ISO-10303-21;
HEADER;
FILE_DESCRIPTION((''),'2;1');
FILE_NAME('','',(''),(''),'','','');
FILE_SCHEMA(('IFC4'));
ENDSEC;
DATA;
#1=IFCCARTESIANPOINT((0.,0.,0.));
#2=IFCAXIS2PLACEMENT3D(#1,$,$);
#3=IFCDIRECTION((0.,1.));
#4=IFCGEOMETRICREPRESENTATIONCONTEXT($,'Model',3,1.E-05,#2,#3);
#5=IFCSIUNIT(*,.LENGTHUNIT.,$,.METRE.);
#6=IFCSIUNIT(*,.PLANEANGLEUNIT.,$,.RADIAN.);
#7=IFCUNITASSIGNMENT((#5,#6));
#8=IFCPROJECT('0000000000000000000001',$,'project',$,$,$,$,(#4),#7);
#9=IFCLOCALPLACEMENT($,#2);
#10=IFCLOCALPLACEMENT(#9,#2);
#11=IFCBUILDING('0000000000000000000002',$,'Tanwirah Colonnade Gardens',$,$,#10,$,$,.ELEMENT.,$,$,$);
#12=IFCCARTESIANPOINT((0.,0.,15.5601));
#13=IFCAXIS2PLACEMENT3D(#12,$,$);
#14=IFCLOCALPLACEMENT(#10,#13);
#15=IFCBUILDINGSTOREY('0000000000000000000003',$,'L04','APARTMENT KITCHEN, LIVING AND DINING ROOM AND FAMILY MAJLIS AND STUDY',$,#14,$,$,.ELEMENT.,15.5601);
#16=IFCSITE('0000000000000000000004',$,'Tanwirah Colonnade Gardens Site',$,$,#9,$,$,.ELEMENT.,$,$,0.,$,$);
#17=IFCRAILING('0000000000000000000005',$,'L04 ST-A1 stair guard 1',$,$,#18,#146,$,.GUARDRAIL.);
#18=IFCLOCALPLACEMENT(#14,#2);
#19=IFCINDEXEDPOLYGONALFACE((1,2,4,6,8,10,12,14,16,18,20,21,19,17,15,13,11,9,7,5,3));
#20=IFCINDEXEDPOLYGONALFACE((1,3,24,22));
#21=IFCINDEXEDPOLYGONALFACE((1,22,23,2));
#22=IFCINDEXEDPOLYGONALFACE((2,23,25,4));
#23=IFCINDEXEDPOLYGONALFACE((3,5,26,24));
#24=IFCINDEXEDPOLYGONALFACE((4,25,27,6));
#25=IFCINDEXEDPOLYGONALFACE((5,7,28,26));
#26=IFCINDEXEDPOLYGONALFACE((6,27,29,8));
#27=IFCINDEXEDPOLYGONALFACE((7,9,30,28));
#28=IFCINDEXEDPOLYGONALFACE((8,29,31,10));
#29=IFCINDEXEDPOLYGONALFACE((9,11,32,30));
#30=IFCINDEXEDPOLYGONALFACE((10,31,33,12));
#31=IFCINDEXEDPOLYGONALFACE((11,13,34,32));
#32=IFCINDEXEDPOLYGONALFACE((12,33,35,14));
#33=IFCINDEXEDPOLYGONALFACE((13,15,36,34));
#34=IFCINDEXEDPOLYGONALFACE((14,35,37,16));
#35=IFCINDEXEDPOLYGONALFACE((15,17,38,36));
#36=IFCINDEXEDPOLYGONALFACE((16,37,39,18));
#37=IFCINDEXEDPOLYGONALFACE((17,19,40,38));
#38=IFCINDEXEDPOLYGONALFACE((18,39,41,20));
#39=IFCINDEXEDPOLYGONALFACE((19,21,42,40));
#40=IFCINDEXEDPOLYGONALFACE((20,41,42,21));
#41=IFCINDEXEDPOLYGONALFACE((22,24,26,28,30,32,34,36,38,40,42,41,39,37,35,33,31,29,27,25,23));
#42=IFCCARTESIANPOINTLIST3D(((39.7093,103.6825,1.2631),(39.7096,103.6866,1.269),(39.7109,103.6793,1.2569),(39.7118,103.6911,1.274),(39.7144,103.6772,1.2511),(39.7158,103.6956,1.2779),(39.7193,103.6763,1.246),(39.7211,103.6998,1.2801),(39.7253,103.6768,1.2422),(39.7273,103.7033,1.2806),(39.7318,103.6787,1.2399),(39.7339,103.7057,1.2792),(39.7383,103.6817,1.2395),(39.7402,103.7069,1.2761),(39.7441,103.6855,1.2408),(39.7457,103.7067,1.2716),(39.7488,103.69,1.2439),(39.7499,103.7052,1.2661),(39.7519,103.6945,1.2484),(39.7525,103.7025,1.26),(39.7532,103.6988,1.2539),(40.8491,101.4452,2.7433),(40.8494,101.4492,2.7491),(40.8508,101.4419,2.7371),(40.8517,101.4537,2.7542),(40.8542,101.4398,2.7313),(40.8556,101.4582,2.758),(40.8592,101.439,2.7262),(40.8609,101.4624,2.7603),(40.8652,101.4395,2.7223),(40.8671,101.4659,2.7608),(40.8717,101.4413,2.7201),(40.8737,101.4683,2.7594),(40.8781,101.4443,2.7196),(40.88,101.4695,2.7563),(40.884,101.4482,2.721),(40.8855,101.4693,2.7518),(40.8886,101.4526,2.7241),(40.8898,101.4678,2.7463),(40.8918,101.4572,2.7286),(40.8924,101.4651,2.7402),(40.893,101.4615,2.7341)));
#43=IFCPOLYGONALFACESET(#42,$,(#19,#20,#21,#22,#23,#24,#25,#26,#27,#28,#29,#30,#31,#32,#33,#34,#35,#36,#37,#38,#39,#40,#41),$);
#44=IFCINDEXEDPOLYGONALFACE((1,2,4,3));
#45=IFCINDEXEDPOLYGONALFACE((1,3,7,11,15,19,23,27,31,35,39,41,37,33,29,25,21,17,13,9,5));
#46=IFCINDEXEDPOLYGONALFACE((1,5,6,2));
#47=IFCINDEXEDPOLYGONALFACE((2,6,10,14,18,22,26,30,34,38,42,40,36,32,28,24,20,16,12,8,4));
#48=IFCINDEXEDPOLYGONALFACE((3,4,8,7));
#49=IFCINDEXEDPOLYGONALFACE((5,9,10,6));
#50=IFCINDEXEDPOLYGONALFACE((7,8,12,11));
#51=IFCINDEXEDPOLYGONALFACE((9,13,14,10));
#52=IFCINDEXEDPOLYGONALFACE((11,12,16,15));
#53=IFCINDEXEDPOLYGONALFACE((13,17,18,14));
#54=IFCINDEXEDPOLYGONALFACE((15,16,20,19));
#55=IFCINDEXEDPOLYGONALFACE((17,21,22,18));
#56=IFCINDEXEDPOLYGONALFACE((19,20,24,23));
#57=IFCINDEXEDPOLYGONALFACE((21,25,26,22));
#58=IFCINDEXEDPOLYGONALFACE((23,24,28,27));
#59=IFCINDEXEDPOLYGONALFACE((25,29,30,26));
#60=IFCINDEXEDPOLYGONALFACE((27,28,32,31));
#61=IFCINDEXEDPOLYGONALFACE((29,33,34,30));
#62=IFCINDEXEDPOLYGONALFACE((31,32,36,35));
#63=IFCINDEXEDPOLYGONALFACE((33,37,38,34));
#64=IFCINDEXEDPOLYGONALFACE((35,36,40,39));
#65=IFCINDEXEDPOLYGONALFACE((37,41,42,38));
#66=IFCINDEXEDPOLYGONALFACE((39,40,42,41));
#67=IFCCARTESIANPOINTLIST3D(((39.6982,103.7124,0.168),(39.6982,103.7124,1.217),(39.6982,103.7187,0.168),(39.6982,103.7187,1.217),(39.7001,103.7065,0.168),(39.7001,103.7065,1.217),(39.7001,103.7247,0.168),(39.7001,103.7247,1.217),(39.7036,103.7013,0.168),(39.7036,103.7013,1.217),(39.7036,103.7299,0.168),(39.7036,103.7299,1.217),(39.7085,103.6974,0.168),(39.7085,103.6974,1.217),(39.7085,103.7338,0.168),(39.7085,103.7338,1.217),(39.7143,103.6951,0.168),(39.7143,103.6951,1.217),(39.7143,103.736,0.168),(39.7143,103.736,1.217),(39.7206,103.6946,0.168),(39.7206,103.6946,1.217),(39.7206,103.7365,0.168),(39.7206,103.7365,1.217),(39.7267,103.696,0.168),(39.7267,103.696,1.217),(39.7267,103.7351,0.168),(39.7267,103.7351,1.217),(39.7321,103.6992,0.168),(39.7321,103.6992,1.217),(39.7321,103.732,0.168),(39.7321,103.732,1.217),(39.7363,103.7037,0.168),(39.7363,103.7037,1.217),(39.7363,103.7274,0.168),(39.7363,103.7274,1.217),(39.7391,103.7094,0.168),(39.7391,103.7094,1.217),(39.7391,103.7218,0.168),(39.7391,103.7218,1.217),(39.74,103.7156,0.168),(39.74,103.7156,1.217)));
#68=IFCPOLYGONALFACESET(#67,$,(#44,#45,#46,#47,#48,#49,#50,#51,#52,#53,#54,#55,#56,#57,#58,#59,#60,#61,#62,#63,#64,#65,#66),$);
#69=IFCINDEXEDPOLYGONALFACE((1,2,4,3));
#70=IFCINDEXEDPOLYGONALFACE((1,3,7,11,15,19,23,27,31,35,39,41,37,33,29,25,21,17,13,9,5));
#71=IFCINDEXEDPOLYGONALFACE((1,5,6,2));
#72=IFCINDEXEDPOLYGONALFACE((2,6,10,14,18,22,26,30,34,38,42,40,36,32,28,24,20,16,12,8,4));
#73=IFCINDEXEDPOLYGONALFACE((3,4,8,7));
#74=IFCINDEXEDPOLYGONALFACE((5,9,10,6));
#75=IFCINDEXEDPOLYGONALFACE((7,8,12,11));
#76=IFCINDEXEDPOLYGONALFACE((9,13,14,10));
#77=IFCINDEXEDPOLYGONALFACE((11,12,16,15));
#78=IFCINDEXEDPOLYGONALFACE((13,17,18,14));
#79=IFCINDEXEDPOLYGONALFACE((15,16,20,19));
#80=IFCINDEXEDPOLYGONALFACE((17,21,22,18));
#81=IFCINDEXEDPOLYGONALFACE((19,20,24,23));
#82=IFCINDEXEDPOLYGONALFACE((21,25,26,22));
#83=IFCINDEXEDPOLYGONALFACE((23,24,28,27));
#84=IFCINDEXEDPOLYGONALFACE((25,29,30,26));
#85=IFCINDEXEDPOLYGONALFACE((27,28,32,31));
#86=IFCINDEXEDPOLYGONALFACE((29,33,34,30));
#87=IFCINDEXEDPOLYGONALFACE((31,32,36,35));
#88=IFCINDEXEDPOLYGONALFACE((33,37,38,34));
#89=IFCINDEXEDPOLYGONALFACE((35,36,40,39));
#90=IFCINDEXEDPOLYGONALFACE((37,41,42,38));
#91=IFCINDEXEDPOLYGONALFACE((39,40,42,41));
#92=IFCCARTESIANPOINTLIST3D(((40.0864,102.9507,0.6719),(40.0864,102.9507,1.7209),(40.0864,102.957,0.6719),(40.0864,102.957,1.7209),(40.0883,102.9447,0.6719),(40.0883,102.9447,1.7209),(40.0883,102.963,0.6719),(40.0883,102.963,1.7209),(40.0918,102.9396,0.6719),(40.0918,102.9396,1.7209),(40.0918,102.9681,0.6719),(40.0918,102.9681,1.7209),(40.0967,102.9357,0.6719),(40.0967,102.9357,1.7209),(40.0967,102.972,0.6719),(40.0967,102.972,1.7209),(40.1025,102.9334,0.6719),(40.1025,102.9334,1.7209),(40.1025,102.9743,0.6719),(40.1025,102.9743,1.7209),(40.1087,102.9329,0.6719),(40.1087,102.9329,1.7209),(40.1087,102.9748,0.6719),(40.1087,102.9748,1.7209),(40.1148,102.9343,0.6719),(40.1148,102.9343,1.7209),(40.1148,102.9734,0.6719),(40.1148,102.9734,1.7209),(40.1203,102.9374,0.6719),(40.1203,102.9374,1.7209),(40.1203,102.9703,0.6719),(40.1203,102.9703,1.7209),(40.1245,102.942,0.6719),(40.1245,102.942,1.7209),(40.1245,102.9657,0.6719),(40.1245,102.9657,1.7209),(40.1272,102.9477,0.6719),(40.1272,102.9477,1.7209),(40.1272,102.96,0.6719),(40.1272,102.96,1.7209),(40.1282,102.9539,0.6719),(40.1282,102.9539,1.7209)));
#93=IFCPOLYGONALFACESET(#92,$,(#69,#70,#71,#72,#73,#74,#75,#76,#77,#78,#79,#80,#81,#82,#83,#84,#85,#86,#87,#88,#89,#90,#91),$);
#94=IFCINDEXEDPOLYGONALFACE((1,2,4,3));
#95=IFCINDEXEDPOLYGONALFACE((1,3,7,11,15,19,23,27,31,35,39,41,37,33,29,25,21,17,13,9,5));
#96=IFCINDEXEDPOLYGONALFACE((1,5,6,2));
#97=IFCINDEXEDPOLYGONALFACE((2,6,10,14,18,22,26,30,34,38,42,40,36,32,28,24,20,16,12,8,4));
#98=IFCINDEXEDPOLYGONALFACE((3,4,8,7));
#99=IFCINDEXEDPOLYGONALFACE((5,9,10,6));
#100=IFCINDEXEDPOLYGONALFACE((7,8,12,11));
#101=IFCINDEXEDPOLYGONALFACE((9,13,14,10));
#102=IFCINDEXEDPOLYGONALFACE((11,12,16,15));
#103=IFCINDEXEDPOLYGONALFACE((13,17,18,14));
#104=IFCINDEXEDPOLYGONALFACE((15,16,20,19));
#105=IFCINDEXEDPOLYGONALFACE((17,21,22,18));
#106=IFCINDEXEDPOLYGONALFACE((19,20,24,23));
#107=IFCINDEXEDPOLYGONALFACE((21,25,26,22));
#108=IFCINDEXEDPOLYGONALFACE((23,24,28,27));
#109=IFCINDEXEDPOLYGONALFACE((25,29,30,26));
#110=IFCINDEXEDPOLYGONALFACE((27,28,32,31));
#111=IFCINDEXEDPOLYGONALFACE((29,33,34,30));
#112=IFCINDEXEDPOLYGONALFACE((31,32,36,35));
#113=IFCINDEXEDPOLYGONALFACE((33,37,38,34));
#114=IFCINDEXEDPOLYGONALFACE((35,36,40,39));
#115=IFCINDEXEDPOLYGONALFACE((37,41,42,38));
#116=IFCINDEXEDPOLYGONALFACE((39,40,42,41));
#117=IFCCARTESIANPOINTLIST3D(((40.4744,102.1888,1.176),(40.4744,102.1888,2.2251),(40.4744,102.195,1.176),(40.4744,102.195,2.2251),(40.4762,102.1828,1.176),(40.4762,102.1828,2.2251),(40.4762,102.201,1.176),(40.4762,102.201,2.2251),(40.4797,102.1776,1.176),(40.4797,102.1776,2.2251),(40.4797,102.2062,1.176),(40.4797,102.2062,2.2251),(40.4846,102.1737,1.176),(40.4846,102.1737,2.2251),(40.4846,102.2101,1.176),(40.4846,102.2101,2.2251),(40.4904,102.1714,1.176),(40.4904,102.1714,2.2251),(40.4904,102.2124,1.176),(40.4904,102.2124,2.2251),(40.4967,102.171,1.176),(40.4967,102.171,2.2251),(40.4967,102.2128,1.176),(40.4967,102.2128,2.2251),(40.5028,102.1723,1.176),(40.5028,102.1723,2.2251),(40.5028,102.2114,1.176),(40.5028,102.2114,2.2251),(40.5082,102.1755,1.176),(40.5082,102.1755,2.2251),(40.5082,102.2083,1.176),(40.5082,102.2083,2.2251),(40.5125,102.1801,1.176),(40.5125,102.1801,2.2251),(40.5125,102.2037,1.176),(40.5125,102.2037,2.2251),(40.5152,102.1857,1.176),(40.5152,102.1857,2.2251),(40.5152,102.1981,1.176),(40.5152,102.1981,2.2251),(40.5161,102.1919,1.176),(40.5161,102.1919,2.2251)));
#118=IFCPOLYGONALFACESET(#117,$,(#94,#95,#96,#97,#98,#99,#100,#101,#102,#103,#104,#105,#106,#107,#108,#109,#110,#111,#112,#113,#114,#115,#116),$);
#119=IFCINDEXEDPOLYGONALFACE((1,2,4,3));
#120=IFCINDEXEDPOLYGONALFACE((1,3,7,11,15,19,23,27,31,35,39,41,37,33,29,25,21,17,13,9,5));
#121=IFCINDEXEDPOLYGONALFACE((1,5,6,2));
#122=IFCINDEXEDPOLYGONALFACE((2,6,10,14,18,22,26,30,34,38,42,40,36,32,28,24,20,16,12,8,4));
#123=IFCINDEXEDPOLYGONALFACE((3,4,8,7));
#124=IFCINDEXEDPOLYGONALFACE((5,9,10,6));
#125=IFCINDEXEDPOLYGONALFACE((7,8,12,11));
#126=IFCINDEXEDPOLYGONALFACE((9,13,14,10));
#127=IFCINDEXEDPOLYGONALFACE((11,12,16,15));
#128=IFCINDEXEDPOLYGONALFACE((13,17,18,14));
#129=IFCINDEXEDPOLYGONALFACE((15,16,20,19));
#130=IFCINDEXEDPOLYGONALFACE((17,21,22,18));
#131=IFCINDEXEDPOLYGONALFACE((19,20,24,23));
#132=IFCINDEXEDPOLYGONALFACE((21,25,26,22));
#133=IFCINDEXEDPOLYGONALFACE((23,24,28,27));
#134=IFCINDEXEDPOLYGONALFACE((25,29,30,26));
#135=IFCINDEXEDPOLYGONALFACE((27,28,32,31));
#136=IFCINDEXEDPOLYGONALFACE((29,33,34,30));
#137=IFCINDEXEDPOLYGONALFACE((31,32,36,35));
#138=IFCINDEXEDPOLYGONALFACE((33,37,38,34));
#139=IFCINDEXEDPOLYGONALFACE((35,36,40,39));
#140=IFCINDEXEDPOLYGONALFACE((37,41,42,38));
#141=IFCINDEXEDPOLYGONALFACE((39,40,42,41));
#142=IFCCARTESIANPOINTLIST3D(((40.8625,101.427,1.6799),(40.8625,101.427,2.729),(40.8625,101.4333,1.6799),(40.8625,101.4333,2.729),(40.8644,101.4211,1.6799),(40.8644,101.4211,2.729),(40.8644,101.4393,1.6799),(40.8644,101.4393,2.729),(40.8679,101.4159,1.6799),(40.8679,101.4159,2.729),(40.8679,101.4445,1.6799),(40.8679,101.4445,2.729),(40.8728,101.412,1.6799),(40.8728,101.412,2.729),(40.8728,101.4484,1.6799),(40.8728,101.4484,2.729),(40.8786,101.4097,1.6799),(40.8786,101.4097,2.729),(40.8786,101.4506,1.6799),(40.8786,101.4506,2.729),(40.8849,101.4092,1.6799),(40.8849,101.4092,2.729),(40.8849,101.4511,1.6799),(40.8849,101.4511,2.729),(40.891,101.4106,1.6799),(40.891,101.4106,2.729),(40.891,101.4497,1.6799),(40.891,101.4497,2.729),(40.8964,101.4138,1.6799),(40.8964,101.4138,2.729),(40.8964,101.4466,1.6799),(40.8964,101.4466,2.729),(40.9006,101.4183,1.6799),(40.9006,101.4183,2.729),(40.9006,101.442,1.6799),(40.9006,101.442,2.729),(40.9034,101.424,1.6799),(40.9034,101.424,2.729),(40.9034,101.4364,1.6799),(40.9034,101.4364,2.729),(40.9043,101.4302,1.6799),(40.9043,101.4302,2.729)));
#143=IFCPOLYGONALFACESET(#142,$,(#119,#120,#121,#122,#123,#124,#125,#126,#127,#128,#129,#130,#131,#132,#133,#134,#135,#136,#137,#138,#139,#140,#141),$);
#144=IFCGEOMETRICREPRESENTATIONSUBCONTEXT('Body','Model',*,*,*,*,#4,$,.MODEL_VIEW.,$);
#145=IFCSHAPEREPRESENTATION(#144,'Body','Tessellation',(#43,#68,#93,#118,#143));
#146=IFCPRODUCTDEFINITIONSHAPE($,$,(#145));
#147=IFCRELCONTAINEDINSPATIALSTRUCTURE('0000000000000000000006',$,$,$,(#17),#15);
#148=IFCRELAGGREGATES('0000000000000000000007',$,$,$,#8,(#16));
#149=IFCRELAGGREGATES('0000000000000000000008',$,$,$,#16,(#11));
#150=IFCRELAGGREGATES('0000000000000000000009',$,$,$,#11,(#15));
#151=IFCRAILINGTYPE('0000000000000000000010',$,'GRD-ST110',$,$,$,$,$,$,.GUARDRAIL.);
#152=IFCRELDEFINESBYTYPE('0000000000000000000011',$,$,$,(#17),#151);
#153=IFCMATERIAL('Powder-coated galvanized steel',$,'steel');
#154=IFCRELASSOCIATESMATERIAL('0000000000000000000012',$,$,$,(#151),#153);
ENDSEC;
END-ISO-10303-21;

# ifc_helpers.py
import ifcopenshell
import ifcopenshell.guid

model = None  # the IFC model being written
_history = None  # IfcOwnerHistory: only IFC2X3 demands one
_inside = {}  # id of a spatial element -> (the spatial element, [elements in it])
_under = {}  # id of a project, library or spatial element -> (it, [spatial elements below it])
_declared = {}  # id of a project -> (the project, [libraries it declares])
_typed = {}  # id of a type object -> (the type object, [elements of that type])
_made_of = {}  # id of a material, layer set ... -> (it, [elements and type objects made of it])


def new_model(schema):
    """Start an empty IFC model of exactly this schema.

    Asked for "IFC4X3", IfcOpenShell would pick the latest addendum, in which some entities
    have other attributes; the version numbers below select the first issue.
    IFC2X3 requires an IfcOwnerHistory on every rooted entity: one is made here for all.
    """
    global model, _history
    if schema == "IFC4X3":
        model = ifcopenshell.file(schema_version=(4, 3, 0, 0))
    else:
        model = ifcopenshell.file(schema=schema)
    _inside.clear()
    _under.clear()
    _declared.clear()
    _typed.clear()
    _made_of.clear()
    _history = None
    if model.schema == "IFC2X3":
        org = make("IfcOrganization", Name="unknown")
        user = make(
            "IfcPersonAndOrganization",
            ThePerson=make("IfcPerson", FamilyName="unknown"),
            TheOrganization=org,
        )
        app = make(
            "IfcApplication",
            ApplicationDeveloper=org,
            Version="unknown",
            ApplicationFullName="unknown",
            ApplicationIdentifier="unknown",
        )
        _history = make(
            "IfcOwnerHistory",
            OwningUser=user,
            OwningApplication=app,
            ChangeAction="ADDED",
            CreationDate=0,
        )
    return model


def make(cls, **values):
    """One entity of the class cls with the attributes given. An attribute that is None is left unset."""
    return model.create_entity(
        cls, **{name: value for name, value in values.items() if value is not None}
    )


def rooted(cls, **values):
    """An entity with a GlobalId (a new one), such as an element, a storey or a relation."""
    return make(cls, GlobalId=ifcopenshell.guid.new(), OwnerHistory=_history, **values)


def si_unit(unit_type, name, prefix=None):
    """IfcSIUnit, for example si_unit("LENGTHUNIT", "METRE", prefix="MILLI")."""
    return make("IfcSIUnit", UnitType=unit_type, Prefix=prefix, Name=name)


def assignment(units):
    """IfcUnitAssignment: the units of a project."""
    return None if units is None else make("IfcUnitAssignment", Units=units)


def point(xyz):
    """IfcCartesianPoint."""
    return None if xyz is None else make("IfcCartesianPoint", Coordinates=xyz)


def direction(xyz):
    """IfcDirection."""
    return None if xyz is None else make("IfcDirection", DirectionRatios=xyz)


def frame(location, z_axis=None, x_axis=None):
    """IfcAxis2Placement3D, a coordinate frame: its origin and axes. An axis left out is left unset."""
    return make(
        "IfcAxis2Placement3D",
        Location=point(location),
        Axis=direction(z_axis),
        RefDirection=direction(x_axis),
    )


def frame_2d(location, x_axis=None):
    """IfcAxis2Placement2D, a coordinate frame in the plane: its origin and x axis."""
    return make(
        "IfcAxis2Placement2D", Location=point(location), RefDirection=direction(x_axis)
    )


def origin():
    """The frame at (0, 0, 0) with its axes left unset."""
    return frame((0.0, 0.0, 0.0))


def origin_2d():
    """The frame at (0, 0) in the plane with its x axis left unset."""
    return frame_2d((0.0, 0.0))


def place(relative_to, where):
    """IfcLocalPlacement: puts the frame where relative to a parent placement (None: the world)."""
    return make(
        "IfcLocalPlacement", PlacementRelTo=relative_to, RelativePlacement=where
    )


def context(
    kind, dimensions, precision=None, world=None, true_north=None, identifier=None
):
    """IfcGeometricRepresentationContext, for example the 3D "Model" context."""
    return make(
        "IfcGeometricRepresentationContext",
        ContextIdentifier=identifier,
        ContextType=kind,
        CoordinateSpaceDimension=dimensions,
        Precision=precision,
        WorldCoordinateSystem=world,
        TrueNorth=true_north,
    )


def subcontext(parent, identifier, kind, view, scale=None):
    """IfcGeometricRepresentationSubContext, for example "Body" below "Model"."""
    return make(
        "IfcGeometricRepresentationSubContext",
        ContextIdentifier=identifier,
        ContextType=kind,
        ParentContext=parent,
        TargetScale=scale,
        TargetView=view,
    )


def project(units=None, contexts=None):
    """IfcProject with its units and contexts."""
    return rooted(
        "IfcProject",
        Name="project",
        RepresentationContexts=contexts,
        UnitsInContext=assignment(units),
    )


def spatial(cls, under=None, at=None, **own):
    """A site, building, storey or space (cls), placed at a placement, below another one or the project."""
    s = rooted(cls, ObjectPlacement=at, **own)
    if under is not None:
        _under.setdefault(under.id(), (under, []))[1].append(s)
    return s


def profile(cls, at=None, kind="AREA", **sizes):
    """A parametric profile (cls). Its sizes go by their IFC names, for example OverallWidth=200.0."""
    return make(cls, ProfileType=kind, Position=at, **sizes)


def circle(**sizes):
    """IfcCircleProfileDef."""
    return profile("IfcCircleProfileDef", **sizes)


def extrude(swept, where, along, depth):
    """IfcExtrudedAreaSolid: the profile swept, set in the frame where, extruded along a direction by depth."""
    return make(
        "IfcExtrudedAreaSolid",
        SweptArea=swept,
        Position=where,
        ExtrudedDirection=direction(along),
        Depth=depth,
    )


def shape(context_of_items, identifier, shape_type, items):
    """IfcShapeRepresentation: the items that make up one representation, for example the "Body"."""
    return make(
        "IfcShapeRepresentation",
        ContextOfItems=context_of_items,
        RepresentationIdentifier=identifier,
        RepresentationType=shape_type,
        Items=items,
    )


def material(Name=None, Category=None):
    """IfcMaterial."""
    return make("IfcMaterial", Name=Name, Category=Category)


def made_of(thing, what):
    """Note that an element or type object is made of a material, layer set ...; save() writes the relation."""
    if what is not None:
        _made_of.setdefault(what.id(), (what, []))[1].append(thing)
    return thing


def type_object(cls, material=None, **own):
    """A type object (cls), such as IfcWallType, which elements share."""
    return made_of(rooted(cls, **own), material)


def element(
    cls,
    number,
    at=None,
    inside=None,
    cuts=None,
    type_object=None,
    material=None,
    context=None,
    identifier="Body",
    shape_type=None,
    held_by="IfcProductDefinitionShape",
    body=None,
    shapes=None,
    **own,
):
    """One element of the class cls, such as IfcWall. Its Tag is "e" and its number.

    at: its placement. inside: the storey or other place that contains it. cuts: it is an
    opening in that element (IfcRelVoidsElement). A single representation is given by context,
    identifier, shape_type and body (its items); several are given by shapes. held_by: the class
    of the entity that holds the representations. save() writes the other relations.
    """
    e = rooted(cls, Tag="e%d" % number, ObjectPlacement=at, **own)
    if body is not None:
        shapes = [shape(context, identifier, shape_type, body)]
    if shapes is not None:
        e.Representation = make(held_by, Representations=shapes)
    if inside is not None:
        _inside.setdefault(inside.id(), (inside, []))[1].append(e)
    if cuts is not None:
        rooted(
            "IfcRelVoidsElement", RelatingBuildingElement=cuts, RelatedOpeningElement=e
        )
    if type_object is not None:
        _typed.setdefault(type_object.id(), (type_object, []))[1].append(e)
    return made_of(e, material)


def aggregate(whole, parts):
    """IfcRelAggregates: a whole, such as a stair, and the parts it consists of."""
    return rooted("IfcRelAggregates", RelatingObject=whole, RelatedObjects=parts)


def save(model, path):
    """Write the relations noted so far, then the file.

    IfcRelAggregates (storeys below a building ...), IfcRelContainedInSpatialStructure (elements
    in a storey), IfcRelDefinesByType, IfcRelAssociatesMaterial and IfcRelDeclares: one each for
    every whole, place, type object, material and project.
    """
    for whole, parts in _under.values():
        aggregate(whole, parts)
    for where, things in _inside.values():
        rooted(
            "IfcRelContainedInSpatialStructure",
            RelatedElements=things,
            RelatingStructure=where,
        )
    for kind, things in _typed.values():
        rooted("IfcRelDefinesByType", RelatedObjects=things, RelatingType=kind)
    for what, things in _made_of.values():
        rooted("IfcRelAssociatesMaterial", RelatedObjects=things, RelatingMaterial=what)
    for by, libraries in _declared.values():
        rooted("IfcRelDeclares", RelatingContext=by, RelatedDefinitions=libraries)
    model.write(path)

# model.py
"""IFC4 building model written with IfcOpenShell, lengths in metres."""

from ifc_helpers import new_model, si_unit, direction, frame, origin, origin_2d, place, context, subcontext, project, spatial, circle, extrude, material, type_object, element, save


model = new_model("IFC4")

# Units and contexts
model_context = context("Model", 3, precision=1e-05, world=origin(), true_north=direction((0.0, 1.0)))
body_context = subcontext(model_context, "Body", "Model", "MODEL_VIEW")
ifc_project = project(units=[si_unit("LENGTHUNIT", "METRE"), si_unit("PLANEANGLEUNIT", "RADIAN")], contexts=[model_context])

# Site, building, storey
site_placement = place(None, origin())
site = spatial("IfcSite", under=ifc_project, at=site_placement, Name="Tanwirah Colonnade Gardens Site", CompositionType="ELEMENT", RefElevation=0.0)
building_placement = place(site_placement, origin())
building = spatial("IfcBuilding", under=site, at=building_placement, Name="Tanwirah Colonnade Gardens", CompositionType="ELEMENT")
storey_placement = place(building_placement, frame((0.0, 0.0, 15.5601)))
storey = spatial("IfcBuildingStorey", under=building, at=storey_placement, Name="L04", Description="APARTMENT KITCHEN, LIVING AND DINING ROOM AND FAMILY MAJLIS AND STUDY", CompositionType="ELEMENT", Elevation=15.5601)

# Railing
ifc_material_1 = material(Name="Powder-coated galvanized steel", Category="steel")
railing_type_1 = type_object("IfcRailingType", Name="GRD-ST110", PredefinedType="GUARDRAIL", material=ifc_material_1)
railing_1_placement = place(storey_placement, frame((39.719, 103.7156, 0.168)))
element("IfcRailing", 1, at=railing_1_placement, inside=storey, type_object=railing_type_1, Name="L04 ST-A1 stair guard 1", PredefinedType="GUARDRAIL", context=body_context, shape_type="SweptSolid", body=[
    extrude(circle(Radius=0.0239, at=origin_2d()), frame((0.0122, -0.0239, 1.092), z_axis=(0.391053, -0.767592, 0.507819), x_axis=(0.891032, 0.45394, 0.0)), (0.0, 0.0, 1.0), 2.9148),
    extrude(circle(Radius=0.021, at=origin_2d()), origin(), (0.0, 0.0, 1.0), 1.0491),
    extrude(circle(Radius=0.021, at=origin_2d()), frame((0.3882, -0.7617, 0.5039)), (0.0, 0.0, 1.0), 1.0491),
    extrude(circle(Radius=0.021, at=origin_2d()), frame((0.7761, -1.5237, 1.0081)), (0.0, 0.0, 1.0), 1.0491),
    extrude(circle(Radius=0.021, at=origin_2d()), frame((1.1643, -2.2854, 1.512)), (0.0, 0.0, 1.0), 1.0491),
])

save(model, "model.ifc")
